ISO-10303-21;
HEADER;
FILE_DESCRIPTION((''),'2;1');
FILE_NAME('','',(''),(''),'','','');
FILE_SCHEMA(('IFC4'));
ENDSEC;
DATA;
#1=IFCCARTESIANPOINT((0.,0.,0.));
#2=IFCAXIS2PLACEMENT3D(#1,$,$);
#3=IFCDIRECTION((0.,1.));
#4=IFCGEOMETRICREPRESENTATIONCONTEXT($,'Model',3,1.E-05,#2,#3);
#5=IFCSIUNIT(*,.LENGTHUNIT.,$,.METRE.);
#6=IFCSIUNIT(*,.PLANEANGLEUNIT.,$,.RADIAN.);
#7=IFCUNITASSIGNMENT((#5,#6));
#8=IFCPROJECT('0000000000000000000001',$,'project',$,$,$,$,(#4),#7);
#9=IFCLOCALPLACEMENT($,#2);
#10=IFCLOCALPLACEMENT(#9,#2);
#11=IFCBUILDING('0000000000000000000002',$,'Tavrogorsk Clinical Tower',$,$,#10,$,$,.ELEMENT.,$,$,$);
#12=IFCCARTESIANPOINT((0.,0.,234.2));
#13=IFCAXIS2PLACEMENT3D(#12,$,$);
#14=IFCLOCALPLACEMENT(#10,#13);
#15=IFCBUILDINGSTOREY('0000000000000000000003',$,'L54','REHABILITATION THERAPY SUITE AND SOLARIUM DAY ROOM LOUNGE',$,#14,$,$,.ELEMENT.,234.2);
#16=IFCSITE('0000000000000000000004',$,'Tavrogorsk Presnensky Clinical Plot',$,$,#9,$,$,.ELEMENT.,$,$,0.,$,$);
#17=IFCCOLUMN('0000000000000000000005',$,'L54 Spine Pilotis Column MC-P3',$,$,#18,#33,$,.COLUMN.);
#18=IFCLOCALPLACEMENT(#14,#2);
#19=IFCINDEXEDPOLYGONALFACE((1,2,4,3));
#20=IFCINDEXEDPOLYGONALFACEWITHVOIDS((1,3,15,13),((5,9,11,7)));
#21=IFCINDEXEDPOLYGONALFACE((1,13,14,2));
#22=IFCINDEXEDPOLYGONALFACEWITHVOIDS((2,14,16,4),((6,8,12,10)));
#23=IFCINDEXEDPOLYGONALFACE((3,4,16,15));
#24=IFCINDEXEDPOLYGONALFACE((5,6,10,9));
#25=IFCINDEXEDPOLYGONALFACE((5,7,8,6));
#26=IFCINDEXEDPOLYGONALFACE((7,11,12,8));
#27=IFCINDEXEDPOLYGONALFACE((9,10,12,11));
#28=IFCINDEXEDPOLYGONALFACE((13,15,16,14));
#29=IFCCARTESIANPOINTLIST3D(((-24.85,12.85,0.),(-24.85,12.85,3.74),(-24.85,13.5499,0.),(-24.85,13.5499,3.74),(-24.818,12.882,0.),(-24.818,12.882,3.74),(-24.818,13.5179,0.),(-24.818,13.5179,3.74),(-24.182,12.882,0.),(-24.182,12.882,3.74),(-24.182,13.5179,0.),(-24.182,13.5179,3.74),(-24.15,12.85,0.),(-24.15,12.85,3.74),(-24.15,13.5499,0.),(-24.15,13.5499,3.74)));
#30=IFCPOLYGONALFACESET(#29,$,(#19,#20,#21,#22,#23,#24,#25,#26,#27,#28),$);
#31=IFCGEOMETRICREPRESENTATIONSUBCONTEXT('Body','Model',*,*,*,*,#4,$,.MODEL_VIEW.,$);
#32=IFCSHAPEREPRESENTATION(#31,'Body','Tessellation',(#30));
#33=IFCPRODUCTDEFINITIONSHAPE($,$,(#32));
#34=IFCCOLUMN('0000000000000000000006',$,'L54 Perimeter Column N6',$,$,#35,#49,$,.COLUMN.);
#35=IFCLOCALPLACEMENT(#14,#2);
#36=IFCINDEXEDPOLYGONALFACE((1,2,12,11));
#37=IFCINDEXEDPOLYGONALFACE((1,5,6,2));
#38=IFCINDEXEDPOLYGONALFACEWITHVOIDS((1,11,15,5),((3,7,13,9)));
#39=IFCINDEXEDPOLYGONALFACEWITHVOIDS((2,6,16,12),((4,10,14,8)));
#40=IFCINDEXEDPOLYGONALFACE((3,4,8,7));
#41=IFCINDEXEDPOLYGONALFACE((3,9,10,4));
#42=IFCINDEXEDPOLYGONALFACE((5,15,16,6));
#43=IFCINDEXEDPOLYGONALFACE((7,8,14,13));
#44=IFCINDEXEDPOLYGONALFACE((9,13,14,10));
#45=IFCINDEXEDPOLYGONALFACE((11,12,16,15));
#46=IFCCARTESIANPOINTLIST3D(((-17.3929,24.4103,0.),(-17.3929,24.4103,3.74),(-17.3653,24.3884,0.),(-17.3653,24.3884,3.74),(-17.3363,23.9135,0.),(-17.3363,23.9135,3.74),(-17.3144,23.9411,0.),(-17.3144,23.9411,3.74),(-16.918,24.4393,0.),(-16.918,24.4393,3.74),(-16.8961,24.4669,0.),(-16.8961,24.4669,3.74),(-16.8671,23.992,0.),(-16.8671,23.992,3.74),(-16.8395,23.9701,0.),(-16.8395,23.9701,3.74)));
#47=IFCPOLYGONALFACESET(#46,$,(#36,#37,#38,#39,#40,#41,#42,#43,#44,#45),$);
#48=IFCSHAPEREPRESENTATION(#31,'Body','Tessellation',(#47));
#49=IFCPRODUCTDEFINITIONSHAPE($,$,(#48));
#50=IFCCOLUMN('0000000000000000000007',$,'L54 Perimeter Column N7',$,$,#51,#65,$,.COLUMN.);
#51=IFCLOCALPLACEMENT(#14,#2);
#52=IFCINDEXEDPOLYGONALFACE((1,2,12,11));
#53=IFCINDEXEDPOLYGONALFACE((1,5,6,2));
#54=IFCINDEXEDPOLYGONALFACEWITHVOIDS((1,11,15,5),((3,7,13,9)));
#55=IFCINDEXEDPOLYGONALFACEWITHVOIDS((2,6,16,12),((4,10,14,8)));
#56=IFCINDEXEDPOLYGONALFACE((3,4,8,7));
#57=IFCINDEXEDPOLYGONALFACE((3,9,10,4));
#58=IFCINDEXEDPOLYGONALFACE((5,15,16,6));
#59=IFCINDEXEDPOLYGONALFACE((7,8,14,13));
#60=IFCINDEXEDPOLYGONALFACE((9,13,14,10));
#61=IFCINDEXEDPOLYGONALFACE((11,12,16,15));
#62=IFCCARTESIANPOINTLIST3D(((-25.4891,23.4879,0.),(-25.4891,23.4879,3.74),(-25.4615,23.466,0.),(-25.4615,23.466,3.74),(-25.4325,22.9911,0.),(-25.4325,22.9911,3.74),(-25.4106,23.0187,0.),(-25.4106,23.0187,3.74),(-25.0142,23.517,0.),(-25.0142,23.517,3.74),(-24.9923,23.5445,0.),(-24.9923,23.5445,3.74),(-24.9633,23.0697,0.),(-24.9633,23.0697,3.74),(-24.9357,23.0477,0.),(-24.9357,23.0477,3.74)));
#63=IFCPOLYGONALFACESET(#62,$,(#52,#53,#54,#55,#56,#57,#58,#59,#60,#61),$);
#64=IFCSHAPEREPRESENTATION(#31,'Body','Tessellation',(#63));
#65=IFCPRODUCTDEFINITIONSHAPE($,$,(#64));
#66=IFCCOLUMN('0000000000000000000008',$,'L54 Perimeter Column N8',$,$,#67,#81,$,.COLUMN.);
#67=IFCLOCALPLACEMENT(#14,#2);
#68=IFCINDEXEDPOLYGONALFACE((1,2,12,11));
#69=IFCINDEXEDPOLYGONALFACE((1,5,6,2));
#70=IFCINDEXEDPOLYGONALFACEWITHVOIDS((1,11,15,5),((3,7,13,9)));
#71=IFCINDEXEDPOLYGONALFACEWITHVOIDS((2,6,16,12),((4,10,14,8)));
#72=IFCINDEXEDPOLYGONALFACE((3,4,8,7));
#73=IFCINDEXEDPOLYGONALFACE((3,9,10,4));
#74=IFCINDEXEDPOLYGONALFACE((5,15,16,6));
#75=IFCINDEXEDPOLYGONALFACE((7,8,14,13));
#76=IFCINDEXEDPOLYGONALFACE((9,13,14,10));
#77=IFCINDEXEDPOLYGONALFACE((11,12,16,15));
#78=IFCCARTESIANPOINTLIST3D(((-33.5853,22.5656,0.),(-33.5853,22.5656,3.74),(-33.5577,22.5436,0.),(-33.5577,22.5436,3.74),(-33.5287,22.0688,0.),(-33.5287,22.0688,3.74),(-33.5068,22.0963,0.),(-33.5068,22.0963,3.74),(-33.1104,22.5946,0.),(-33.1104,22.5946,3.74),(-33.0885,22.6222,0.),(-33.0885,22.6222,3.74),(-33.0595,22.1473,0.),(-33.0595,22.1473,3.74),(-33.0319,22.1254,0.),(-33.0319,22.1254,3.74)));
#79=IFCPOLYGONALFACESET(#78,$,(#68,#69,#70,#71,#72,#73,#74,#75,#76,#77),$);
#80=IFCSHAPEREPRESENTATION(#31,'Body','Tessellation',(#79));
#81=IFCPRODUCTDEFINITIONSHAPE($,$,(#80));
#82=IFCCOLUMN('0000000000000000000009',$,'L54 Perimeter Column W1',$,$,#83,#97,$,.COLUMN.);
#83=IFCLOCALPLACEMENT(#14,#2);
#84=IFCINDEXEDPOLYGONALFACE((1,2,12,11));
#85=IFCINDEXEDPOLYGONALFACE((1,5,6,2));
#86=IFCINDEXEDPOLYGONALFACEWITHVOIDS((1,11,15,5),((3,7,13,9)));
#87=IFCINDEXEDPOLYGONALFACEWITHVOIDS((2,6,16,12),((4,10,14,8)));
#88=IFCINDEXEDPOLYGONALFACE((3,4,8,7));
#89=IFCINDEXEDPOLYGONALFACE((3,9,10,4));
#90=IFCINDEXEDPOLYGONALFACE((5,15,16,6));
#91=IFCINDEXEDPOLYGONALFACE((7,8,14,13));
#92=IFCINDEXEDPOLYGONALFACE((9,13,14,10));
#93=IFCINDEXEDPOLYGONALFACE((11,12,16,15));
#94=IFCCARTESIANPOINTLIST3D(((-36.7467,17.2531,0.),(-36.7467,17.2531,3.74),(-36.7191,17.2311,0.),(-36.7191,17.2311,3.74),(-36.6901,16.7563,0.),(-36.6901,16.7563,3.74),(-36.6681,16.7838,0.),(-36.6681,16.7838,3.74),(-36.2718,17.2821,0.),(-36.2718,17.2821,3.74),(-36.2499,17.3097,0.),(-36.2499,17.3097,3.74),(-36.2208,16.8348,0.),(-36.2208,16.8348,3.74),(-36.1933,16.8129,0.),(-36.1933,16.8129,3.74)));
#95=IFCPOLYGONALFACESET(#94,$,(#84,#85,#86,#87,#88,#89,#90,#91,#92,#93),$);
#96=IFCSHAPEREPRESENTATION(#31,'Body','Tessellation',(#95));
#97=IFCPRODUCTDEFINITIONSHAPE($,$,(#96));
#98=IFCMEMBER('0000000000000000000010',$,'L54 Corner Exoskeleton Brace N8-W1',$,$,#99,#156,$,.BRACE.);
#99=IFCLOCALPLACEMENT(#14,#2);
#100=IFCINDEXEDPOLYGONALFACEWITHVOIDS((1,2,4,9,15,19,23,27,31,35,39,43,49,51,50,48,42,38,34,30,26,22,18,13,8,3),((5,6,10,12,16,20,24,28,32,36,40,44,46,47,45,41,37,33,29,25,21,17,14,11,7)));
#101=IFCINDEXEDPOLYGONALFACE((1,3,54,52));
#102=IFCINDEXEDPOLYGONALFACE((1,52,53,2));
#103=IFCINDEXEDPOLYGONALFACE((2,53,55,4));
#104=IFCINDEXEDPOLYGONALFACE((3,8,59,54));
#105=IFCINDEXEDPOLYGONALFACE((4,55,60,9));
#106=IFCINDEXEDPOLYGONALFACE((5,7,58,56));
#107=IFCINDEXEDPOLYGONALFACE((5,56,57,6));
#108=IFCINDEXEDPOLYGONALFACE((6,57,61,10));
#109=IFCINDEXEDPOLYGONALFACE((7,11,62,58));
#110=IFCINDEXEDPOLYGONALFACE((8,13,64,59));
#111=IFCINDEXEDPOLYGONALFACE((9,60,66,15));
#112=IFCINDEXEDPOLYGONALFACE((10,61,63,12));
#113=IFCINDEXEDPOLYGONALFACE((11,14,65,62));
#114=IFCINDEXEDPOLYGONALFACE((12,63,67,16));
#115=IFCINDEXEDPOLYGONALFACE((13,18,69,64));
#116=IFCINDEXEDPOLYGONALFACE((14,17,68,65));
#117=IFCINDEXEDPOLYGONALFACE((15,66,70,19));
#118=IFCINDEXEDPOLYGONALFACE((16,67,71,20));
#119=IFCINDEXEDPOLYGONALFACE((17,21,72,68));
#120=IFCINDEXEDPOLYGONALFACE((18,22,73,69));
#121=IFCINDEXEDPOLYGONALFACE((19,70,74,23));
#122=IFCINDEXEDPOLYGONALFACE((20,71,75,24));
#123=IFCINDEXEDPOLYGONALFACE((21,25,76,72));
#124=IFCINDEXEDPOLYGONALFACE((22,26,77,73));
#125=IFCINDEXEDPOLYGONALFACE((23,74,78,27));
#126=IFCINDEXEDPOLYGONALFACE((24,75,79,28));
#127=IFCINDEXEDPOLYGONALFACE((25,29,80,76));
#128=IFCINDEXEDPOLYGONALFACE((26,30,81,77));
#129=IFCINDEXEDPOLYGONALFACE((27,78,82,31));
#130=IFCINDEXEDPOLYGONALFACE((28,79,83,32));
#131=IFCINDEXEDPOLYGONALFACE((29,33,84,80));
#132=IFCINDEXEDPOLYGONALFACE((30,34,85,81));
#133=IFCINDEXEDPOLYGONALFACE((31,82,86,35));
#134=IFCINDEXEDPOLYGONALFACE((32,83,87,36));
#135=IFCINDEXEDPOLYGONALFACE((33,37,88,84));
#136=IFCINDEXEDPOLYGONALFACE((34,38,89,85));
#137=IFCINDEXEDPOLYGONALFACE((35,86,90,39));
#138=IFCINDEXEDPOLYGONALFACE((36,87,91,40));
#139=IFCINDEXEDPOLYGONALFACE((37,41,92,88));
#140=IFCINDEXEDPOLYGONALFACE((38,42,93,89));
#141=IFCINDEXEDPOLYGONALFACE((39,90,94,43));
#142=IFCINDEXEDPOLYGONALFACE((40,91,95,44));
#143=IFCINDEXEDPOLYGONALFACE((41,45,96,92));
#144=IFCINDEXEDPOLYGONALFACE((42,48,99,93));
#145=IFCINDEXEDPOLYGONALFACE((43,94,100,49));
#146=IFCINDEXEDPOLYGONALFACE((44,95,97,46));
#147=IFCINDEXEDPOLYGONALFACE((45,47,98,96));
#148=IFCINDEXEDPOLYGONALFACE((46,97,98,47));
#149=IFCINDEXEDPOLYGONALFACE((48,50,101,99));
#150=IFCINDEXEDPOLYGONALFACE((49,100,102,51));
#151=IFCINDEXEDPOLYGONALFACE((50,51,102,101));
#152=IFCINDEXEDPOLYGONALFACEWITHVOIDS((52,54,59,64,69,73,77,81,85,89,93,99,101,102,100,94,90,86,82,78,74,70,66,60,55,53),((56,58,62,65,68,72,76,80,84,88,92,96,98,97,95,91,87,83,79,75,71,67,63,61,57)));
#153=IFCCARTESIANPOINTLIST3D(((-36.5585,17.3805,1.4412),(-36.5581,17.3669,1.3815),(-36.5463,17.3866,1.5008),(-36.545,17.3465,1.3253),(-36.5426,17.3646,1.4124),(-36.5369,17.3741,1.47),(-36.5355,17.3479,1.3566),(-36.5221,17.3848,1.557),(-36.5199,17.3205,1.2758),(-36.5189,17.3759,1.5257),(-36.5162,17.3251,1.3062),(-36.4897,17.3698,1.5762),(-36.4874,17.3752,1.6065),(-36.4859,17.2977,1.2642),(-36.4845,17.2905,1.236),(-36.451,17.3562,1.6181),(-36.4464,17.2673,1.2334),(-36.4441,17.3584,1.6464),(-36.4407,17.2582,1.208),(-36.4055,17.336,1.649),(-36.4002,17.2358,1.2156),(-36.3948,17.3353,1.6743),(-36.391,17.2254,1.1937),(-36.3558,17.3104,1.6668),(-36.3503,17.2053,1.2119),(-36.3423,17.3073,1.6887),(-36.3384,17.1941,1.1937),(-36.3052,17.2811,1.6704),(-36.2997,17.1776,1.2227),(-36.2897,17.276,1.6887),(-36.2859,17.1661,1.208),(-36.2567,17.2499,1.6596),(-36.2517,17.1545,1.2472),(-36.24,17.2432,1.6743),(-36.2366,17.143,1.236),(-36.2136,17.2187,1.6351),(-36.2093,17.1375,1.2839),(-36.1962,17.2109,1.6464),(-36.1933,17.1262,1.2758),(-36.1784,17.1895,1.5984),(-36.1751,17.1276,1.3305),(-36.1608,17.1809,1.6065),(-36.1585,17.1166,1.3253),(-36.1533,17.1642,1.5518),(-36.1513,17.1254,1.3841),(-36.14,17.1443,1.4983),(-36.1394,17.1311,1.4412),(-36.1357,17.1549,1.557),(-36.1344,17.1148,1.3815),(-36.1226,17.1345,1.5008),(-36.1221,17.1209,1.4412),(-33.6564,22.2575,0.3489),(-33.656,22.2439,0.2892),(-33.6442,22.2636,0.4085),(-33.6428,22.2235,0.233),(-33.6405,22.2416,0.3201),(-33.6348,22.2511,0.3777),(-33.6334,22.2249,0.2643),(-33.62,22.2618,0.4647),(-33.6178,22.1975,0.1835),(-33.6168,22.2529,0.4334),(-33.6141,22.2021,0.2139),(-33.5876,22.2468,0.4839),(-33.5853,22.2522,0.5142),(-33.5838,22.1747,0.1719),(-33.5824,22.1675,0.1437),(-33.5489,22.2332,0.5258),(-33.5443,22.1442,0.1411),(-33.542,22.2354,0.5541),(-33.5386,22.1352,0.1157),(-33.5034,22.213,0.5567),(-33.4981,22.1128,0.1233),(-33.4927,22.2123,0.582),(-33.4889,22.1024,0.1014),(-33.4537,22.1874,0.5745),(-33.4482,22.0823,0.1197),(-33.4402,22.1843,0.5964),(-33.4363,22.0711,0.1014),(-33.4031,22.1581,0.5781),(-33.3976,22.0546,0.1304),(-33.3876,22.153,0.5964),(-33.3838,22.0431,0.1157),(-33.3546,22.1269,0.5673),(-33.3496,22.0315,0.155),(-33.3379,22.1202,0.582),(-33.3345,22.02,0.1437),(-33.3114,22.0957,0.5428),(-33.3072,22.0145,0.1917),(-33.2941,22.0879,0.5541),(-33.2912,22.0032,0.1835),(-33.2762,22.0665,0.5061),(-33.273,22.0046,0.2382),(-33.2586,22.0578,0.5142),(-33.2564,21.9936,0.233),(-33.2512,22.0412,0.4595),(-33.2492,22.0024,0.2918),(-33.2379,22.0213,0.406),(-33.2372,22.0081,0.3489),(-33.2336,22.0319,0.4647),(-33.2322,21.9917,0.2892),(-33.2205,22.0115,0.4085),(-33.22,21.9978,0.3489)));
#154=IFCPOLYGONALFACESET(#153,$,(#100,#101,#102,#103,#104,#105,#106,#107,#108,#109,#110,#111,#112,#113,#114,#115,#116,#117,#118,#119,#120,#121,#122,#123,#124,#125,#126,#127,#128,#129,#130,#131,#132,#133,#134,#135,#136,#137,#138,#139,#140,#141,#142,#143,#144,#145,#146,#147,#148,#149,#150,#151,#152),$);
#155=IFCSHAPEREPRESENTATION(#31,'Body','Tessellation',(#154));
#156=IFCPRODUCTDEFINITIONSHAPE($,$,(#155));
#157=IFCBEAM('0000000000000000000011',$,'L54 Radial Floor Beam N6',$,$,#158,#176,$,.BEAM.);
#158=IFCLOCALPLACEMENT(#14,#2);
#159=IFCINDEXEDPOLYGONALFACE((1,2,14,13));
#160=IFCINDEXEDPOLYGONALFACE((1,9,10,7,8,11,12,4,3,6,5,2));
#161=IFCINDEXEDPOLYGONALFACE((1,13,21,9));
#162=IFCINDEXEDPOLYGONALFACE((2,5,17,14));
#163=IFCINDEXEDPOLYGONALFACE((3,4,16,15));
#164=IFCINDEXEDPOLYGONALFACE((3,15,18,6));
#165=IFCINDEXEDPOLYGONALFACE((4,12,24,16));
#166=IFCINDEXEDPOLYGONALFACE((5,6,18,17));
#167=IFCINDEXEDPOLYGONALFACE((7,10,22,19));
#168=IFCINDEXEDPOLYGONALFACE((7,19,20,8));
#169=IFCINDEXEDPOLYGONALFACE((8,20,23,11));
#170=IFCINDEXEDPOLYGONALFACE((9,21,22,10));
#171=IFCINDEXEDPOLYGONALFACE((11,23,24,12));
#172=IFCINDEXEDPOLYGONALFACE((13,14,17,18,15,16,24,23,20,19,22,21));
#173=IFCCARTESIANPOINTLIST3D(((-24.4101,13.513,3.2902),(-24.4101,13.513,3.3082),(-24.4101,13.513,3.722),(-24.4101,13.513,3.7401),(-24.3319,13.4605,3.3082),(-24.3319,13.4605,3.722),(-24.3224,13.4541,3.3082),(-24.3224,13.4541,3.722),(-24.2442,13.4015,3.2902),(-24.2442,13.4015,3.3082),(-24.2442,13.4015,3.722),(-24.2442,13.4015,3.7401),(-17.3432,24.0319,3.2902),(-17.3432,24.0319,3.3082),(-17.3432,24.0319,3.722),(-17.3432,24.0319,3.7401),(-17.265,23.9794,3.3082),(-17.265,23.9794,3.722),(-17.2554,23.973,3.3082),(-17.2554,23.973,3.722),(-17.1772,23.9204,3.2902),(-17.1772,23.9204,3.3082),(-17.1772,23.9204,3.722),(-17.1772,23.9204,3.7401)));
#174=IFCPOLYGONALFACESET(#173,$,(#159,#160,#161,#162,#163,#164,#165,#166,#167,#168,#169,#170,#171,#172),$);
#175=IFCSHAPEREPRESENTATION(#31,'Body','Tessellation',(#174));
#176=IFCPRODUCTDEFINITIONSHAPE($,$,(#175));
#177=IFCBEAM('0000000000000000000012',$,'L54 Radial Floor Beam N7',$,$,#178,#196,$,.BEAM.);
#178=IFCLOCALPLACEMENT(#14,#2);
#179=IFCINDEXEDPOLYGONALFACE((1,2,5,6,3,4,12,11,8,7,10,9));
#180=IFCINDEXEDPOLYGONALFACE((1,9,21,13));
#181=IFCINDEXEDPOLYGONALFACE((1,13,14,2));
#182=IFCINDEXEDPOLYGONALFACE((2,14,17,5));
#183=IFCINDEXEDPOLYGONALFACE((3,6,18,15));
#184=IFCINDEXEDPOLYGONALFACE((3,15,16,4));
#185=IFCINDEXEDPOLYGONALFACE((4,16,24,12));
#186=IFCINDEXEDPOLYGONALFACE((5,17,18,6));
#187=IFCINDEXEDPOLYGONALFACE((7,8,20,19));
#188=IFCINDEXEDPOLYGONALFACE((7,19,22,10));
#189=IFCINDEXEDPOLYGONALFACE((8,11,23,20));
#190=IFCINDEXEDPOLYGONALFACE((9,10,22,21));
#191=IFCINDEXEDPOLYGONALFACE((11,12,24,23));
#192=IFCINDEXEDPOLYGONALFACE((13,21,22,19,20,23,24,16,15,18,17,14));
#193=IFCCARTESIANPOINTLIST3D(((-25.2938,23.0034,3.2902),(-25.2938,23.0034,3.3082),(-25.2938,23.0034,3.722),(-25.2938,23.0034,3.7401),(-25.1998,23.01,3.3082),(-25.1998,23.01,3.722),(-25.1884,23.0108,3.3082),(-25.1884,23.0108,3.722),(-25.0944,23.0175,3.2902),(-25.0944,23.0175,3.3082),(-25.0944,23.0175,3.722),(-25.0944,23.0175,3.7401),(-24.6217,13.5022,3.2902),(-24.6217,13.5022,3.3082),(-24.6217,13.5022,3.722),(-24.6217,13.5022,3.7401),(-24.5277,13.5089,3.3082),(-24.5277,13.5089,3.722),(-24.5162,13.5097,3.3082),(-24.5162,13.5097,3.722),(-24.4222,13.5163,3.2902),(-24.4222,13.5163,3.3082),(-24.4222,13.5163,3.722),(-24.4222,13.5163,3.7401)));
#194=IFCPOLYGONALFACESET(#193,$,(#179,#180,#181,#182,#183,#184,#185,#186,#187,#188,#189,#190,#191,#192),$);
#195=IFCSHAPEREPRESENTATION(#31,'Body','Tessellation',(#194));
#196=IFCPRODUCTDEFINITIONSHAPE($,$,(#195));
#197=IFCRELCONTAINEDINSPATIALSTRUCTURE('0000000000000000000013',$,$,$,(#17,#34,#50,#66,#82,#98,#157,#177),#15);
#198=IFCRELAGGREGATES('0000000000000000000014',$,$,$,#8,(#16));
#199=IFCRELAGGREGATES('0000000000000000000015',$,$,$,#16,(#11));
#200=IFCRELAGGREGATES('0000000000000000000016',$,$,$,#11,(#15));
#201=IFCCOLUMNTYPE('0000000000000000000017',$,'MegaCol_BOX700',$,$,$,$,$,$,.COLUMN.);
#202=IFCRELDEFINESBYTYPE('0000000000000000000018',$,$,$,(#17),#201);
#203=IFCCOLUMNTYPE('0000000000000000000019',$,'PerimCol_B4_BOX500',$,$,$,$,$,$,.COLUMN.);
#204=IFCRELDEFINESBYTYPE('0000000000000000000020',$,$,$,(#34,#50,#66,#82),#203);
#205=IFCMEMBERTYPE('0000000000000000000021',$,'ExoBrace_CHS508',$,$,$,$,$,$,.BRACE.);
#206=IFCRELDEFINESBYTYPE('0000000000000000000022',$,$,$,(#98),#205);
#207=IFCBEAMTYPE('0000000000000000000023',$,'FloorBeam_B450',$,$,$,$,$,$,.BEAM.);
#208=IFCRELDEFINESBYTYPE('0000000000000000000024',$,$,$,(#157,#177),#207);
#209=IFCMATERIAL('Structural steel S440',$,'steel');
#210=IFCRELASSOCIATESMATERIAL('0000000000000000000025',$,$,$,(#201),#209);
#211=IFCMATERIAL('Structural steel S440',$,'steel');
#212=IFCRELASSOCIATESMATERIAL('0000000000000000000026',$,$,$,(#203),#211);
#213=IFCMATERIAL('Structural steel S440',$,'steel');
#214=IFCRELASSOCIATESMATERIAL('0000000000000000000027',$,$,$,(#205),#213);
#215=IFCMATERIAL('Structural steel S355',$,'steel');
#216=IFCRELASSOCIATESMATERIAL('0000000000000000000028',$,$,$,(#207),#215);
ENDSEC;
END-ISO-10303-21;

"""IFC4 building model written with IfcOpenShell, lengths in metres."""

from ifc_helpers import new_model, si_unit, direction, frame, origin, origin_2d, place, context, subcontext, project, spatial, hollow_rectangle, hollow_circle, i_section, extrude, material, material_profile, profile_set, type_object, element, save


model = new_model("IFC4")

# Units and contexts
model_context = context("Model", 3, precision=1e-05, world=origin(), true_north=direction((0.0, 1.0)))
body_context = subcontext(model_context, "Body", "Model", "MODEL_VIEW")
ifc_project = project(units=[si_unit("LENGTHUNIT", "METRE"), si_unit("PLANEANGLEUNIT", "RADIAN")], contexts=[model_context])

# Site, building, storey
site_placement = place(None, origin())
site = spatial("IfcSite", under=ifc_project, at=site_placement, Name="Tavrogorsk Presnensky Clinical Plot", CompositionType="ELEMENT", RefElevation=0.0)
building_placement = place(site_placement, origin())
building = spatial("IfcBuilding", under=site, at=building_placement, Name="Tavrogorsk Clinical Tower", CompositionType="ELEMENT")
storey_placement = place(building_placement, frame((0.0, 0.0, 234.2)))
storey = spatial("IfcBuildingStorey", under=building, at=storey_placement, Name="L54", Description="REHABILITATION THERAPY SUITE AND SOLARIUM DAY ROOM LOUNGE", CompositionType="ELEMENT", Elevation=234.2)

# Columns
ifc_material_1 = material(Name="Structural steel S440", Category="steel")
ifc_material_profile_1 = material_profile(ifc_material_1, hollow_rectangle(XDim=0.7, YDim=0.7, WallThickness=0.032, at=origin_2d()), Name="BOX-700x700x32")
ifc_profile_set_1 = profile_set([ifc_material_profile_1], Name="Structural steel S440")
column_type_1 = type_object("IfcColumnType", Name="MegaCol_BOX700", PredefinedType="COLUMN", material=ifc_profile_set_1)
column_placement = place(storey_placement, frame((-24.5, 13.2, 0.0), z_axis=(0.0, 0.0, 1.0), x_axis=(1.0, 0.0, 0.0)))
element("IfcColumn", 1, at=column_placement, inside=storey, type_object=column_type_1, Name="L54 Spine Pilotis Column MC-P3", PredefinedType="COLUMN", context=body_context, shape_type="SweptSolid", body=[
    extrude(hollow_rectangle(XDim=0.7, YDim=0.7, WallThickness=0.032, at=origin_2d()), origin(), (0.0, 0.0, 1.0), 3.74),
])
ifc_material_2 = material(Name="Structural steel S440", Category="steel")
ifc_material_profile_2 = material_profile(ifc_material_2, hollow_rectangle(XDim=0.5, YDim=0.5, WallThickness=0.0249, at=origin_2d()), Name="BOX-500x500x25")
ifc_profile_set_2 = profile_set([ifc_material_profile_2], Name="Structural steel S440")
column_type_2 = type_object("IfcColumnType", Name="PerimCol_B4_BOX500", PredefinedType="COLUMN", material=ifc_profile_set_2)
for number, where, z_axis, x_axis, name in (
    (2, (-17.1162, 24.1902, 0.0), (0.0, 0.0, 1.0), (0.993572, 0.113203, 0.0), "L54 Perimeter Column N6"),
    (3, (-25.2124, 23.2678, 0.0), (0.0, 0.0, 1.0), (0.993572, 0.113203, 0.0), "L54 Perimeter Column N7"),
    (4, (-33.3086, 22.3455, 0.0), (0.0, 0.0, 1.0), (0.993572, 0.113203, 0.0), "L54 Perimeter Column N8"),
    (5, (-36.47, 17.033, 0.0), (0.0, 0.0, 1.0), (0.993572, 0.113203, 0.0), "L54 Perimeter Column W1"),
):
    element("IfcColumn", number, at=place(storey_placement, frame(where, z_axis=z_axis, x_axis=x_axis)), inside=storey, type_object=column_type_2, Name=name, PredefinedType="COLUMN", context=body_context, shape_type="SweptSolid", body=[
        extrude(hollow_rectangle(XDim=0.5, YDim=0.5, WallThickness=0.0249, at=origin_2d()), origin(), (0.0, 0.0, 1.0), 3.74),
    ])

# Member
ifc_material_3 = material(Name="Structural steel S440", Category="steel")
ifc_material_profile_3 = material_profile(ifc_material_3, hollow_circle(Radius=0.2539, WallThickness=0.02, at=origin_2d()), Name="CHS-508x20")
ifc_profile_set_3 = profile_set([ifc_material_profile_3], Name="Structural steel S440")
member_type = type_object("IfcMemberType", Name="ExoBrace_CHS508", PredefinedType="BRACE", material=ifc_profile_set_3)
member_placement = place(storey_placement, frame((-33.4382, 22.1277, 0.3489), z_axis=(-0.502157, -0.84387, 0.189001), x_axis=(0.859359, -0.511373, 0.0)))
element("IfcMember", 6, at=member_placement, inside=storey, type_object=member_type, Name="L54 Corner Exoskeleton Brace N8-W1", PredefinedType="BRACE", context=body_context, shape_type="SweptSolid", body=[
    extrude(hollow_circle(Radius=0.2539, WallThickness=0.02, at=origin_2d()), origin(), (0.0, 0.0, 1.0), 5.7793),
])

# Beams
ifc_material_4 = material(Name="Structural steel S355", Category="steel")
ifc_material_profile_4 = material_profile(ifc_material_4, i_section(OverallWidth=0.2, OverallDepth=0.45, WebThickness=0.0115, FlangeThickness=0.0181, at=origin_2d()), Name="B-450x200x11.5x18")
ifc_profile_set_4 = profile_set([ifc_material_profile_4], Name="Structural steel S355")
beam_type_1 = type_object("IfcBeamType", Name="FloorBeam_B450", PredefinedType="BEAM", material=ifc_profile_set_4)
beam_1_placement = place(storey_placement, frame((-24.3271, 13.4573, 3.5151), z_axis=(0.557667, 0.830065, 0.0), x_axis=(-0.830065, 0.557667, 0.0)))
element("IfcBeam", 7, at=beam_1_placement, inside=storey, type_object=beam_type_1, Name="L54 Radial Floor Beam N6", PredefinedType="BEAM", context=body_context, shape_type="SweptSolid", body=[
    extrude(i_section(OverallWidth=0.2, OverallDepth=0.45, WebThickness=0.0115, FlangeThickness=0.0181, at=origin_2d()), origin(), (0.0, 0.0, 1.0), 12.6724),
])
beam_2_placement = place(storey_placement, frame((-24.522, 13.5093, 3.5151), z_axis=(-0.070564, 0.997507, 0.0), x_axis=(-0.997507, -0.070564, 0.0)))
element("IfcBeam", 8, at=beam_2_placement, inside=storey, type_object=beam_type_1, Name="L54 Radial Floor Beam N7", PredefinedType="BEAM", context=body_context, shape_type="SweptSolid", body=[
    extrude(i_section(OverallWidth=0.2, OverallDepth=0.45, WebThickness=0.0115, FlangeThickness=0.0181, at=origin_2d()), origin(), (0.0, 0.0, 1.0), 9.5249),
])

save(model, "model.ifc")
